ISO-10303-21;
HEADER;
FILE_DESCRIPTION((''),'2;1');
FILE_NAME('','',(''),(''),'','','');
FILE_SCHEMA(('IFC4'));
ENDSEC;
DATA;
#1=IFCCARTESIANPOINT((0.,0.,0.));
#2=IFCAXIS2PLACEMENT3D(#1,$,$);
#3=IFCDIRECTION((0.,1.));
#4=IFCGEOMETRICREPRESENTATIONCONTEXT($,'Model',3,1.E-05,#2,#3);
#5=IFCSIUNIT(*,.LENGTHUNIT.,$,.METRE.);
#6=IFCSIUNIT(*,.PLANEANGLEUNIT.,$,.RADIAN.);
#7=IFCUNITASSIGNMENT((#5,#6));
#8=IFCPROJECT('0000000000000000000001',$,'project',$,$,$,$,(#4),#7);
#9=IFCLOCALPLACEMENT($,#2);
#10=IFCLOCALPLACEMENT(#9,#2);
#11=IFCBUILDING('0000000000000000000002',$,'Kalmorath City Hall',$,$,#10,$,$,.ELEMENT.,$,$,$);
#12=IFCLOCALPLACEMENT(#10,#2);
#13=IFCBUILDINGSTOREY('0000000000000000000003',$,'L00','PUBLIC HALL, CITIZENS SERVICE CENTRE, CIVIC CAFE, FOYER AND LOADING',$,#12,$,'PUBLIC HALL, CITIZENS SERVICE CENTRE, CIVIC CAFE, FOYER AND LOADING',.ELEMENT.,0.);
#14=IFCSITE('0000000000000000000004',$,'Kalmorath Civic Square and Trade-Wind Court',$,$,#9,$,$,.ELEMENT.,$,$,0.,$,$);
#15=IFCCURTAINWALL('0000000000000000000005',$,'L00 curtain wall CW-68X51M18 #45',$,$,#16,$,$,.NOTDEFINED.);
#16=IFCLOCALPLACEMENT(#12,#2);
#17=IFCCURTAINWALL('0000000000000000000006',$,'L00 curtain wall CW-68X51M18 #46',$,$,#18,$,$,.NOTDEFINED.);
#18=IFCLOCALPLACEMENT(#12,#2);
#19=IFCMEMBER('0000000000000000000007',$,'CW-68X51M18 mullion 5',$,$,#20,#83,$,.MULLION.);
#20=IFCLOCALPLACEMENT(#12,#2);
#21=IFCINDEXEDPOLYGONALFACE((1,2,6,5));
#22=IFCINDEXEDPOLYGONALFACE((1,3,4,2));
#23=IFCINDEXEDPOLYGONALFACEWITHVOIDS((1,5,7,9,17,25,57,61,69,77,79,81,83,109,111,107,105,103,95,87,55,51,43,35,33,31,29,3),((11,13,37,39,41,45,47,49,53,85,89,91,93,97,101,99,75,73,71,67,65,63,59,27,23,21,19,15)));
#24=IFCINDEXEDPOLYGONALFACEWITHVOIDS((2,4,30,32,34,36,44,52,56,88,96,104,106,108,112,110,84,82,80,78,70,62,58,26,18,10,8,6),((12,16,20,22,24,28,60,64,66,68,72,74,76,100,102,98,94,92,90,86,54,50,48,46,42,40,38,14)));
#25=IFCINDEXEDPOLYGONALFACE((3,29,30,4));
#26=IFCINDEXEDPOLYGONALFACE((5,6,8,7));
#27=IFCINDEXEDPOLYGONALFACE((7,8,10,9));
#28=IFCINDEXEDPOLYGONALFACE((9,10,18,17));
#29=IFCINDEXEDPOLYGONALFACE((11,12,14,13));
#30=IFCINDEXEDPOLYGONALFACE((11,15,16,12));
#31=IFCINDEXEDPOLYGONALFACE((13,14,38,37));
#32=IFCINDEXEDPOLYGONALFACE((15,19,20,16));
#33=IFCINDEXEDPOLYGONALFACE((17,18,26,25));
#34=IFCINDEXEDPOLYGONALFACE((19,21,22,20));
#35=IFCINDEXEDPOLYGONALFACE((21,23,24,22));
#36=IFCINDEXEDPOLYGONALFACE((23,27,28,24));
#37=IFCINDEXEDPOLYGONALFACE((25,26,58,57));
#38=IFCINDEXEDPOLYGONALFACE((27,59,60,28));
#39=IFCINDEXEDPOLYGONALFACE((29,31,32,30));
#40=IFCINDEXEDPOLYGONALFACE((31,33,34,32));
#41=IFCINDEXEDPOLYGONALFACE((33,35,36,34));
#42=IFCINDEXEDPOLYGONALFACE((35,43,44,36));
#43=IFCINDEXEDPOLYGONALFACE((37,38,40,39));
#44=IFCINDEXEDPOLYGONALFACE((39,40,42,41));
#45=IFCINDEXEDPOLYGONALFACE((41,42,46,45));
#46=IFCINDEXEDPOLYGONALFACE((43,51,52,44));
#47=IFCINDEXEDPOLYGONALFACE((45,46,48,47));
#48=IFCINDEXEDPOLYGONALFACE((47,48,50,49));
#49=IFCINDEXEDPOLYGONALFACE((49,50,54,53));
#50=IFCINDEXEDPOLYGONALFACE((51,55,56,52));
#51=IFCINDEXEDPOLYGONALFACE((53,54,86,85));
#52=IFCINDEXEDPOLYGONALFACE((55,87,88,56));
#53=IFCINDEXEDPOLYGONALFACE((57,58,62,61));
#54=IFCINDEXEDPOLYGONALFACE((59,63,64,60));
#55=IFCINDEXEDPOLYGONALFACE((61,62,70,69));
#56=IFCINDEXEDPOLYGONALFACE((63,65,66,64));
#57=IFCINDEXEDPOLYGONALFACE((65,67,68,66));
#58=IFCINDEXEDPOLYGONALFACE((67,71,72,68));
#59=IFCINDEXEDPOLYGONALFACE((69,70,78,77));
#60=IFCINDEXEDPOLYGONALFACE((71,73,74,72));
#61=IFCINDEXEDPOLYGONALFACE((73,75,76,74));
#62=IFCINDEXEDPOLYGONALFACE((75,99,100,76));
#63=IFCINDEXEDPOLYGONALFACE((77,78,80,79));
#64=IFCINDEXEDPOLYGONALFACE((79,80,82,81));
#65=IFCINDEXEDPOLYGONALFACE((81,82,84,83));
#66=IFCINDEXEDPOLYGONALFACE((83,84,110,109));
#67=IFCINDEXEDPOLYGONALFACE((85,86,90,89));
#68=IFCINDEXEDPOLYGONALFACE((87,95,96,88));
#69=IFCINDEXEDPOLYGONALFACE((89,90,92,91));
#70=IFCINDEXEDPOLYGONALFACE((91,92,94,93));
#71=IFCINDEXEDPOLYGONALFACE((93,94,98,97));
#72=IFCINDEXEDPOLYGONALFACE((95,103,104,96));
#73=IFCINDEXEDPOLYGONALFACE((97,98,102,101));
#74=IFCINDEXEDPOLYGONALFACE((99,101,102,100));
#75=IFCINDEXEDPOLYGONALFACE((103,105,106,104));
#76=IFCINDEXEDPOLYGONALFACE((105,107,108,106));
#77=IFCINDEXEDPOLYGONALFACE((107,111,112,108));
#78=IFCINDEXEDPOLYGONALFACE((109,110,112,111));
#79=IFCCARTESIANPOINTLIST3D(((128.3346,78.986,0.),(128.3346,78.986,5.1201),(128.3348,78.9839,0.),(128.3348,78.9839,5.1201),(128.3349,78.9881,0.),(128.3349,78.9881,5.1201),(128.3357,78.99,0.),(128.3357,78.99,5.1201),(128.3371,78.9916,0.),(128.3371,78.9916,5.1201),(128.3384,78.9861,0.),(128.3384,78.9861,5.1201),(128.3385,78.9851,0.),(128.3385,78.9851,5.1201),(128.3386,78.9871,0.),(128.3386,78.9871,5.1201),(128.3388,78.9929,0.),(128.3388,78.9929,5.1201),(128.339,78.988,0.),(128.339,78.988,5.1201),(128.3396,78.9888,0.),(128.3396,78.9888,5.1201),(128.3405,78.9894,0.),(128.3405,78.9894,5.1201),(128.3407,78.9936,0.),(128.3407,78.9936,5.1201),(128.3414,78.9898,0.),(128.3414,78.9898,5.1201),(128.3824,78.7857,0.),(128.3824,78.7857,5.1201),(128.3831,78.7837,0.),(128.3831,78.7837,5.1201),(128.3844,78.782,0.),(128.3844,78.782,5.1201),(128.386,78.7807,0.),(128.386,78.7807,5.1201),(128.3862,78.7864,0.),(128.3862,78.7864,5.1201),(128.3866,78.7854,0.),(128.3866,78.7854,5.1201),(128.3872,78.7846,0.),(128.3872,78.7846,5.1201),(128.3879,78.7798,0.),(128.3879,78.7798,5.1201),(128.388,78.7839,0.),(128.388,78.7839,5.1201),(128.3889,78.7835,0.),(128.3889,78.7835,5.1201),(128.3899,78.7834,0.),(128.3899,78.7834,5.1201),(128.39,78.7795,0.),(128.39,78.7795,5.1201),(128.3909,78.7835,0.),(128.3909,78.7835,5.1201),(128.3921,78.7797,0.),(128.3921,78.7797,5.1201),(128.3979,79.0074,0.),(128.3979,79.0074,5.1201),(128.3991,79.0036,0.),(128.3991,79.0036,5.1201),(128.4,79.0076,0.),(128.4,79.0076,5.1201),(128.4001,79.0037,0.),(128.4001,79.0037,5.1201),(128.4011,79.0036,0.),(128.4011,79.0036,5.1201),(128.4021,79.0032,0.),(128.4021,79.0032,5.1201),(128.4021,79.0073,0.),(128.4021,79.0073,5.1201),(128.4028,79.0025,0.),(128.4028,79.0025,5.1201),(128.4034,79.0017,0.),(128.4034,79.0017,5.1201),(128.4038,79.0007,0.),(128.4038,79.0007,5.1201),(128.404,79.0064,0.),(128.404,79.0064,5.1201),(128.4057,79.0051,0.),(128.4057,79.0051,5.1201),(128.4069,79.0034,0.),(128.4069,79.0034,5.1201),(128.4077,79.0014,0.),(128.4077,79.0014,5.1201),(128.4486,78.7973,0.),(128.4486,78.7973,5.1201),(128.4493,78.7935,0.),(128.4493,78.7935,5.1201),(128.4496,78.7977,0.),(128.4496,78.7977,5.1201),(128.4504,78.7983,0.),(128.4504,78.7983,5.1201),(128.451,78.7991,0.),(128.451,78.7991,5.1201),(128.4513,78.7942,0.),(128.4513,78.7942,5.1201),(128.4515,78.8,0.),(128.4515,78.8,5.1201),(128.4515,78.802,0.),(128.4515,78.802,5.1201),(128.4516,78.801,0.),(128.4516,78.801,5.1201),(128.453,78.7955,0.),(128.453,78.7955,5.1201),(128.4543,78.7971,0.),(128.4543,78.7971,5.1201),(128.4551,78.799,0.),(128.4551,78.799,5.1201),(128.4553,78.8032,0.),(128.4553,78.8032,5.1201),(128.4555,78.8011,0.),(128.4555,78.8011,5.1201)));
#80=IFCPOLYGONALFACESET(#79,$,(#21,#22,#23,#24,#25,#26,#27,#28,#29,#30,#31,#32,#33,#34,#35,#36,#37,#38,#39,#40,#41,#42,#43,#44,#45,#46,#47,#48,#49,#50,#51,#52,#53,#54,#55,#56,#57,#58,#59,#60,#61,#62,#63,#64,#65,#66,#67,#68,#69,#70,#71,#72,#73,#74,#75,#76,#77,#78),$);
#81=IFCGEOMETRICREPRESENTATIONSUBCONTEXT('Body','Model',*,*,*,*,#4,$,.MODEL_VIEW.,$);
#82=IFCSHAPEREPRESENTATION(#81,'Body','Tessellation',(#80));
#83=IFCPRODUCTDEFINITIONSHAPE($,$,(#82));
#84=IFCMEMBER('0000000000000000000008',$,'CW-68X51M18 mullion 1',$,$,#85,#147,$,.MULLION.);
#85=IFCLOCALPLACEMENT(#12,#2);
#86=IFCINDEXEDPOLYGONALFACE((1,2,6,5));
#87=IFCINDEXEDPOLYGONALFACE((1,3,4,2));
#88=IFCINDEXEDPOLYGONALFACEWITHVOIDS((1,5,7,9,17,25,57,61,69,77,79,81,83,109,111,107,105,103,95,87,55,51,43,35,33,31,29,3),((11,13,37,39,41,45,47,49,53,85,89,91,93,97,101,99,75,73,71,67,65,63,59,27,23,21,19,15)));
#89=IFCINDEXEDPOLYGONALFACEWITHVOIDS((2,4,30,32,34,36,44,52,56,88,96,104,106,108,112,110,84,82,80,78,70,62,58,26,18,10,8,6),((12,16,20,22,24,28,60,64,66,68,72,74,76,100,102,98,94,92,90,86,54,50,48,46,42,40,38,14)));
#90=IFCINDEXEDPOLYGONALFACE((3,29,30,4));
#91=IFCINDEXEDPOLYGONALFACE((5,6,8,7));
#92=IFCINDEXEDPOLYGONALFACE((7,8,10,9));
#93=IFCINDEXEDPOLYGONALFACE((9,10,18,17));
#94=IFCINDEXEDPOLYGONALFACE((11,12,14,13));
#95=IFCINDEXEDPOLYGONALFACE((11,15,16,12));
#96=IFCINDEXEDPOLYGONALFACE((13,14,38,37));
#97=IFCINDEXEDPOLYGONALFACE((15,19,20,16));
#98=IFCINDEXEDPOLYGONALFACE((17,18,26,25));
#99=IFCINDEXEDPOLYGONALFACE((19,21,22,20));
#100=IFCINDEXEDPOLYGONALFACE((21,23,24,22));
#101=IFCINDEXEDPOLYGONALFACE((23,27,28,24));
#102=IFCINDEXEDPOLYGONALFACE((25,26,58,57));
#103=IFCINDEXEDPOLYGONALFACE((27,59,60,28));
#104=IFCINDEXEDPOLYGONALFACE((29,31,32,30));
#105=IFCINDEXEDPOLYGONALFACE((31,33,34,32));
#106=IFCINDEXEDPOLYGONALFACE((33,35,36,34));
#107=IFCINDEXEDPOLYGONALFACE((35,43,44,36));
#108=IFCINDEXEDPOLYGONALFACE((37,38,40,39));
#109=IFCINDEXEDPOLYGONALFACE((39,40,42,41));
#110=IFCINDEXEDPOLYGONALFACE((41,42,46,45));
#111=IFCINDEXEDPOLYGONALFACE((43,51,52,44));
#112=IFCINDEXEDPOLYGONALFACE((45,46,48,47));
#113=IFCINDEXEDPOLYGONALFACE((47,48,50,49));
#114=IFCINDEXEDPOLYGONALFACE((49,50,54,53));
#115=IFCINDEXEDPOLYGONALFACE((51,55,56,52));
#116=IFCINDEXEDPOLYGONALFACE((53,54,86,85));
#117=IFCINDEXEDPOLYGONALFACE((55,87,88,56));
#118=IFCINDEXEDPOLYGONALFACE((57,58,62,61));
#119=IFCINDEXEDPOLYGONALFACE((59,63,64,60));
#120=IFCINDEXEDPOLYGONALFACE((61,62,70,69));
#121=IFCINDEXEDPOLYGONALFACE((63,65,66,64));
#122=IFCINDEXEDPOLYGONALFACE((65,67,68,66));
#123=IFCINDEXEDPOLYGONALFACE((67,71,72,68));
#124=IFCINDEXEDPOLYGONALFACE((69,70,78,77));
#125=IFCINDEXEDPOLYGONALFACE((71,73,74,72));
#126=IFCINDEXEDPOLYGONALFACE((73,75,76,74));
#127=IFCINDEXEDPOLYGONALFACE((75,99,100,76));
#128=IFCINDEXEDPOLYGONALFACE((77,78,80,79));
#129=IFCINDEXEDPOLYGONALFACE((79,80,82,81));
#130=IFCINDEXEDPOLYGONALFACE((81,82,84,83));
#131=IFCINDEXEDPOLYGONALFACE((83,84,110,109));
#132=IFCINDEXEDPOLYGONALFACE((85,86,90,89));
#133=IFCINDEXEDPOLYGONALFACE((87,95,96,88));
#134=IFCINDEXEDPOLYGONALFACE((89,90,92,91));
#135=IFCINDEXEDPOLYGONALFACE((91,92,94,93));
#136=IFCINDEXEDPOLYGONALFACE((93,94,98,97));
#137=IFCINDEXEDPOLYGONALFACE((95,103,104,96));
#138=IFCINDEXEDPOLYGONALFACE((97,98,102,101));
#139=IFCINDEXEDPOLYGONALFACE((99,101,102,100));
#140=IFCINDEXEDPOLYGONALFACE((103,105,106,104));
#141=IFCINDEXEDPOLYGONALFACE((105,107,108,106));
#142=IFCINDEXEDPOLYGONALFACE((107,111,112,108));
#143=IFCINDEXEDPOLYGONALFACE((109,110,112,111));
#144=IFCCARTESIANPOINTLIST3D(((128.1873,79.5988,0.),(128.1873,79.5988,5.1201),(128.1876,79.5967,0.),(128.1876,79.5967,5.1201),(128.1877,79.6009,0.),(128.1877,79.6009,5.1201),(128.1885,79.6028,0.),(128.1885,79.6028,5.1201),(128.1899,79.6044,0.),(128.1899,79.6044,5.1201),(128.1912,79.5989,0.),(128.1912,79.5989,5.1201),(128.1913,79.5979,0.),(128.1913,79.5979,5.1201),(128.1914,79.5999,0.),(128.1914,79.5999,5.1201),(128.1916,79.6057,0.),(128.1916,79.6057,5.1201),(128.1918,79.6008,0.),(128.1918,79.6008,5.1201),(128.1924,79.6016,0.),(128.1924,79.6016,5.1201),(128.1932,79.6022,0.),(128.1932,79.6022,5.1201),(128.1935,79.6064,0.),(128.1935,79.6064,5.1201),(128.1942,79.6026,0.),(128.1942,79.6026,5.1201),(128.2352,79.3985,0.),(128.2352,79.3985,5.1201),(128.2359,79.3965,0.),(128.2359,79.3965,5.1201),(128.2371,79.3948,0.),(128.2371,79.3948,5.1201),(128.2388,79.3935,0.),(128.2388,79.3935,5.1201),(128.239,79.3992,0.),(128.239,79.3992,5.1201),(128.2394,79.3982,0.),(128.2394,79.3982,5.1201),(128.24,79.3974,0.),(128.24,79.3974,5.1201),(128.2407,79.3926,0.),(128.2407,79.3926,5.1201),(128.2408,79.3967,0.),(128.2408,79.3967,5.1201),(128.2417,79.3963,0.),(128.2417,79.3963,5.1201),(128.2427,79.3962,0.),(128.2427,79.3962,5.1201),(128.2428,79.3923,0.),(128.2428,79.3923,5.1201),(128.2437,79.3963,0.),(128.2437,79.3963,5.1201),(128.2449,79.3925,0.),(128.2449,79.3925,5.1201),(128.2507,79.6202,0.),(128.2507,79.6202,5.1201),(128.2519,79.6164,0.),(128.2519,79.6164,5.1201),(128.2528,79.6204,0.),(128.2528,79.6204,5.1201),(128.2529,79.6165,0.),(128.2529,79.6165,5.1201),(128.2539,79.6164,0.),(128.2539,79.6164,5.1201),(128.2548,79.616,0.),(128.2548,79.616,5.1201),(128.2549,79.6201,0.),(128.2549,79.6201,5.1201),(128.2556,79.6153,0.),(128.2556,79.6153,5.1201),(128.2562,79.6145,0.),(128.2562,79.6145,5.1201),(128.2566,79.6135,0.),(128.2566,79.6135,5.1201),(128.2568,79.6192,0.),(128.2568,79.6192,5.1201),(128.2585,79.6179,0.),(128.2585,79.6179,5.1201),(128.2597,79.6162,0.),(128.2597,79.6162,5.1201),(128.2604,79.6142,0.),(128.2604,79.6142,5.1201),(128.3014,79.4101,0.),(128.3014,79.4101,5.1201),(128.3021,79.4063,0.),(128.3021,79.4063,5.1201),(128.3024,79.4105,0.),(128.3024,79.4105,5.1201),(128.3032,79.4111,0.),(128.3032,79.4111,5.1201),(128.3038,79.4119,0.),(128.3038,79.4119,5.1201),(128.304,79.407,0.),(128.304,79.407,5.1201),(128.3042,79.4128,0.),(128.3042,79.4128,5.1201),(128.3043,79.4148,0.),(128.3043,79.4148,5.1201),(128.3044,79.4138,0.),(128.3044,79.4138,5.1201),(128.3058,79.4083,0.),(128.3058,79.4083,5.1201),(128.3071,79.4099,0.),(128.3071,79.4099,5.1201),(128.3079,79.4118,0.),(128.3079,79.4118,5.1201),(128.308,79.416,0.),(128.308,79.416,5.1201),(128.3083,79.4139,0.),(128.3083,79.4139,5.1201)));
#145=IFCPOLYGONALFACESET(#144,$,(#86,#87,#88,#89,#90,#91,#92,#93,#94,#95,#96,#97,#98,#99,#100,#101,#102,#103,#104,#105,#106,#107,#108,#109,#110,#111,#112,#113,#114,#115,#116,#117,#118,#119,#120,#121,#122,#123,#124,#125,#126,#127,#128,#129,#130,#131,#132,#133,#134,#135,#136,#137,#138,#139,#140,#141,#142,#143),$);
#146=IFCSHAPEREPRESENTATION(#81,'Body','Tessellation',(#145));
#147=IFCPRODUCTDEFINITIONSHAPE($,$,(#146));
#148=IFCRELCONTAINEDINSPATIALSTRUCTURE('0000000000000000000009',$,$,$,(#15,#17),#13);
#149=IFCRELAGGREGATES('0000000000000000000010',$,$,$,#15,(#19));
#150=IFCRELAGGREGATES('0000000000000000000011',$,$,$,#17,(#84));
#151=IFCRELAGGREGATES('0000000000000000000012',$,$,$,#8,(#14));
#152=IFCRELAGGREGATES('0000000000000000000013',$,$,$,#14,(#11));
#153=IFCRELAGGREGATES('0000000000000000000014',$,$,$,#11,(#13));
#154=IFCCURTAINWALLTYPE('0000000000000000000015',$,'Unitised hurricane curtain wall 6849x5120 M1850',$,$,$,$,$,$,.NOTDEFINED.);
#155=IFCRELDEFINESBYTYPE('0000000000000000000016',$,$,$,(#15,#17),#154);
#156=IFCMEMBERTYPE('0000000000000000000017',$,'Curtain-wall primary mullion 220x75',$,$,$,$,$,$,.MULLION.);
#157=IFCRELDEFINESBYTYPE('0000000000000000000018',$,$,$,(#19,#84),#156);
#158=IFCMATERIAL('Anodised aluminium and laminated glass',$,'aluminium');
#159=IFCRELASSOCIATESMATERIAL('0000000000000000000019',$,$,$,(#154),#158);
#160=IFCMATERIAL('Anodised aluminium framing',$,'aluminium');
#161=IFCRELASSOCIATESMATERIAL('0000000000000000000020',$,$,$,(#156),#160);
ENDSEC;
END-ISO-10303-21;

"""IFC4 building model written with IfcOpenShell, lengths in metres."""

from ifc_helpers import new_model, si_unit, direction, frame, origin, origin_2d, place, context, subcontext, project, spatial, hollow_rectangle, extrude, material, material_profile, profile_set, type_object, element, aggregate, save


model = new_model("IFC4")

# Units and contexts
model_context = context("Model", 3, precision=1e-05, world=origin(), true_north=direction((0.0, 1.0)))
body_context = subcontext(model_context, "Body", "Model", "MODEL_VIEW")
ifc_project = project(units=[si_unit("LENGTHUNIT", "METRE"), si_unit("PLANEANGLEUNIT", "RADIAN")], contexts=[model_context])

# Site, building, storey
site_placement = place(None, origin())
site = spatial("IfcSite", under=ifc_project, at=site_placement, Name="Kalmorath Civic Square and Trade-Wind Court", CompositionType="ELEMENT", RefElevation=0.0)
building_placement = place(site_placement, origin())
building = spatial("IfcBuilding", under=site, at=building_placement, Name="Kalmorath City Hall", CompositionType="ELEMENT")
storey_placement = place(building_placement, origin())
storey = spatial("IfcBuildingStorey", under=building, at=storey_placement, Name="L00", Description="PUBLIC HALL, CITIZENS SERVICE CENTRE, CIVIC CAFE, FOYER AND LOADING", LongName="PUBLIC HALL, CITIZENS SERVICE CENTRE, CIVIC CAFE, FOYER AND LOADING", CompositionType="ELEMENT", Elevation=0.0)

# Curtain walls
ifc_material_1 = material(Name="Anodised aluminium and laminated glass", Category="aluminium")
curtain_wall_type = type_object("IfcCurtainWallType", Name="Unitised hurricane curtain wall 6849x5120 M1850", PredefinedType="NOTDEFINED", material=ifc_material_1)
curtain_wall_1_placement = place(storey_placement, origin())
curtain_wall_1 = element("IfcCurtainWall", 1, at=curtain_wall_1_placement, inside=storey, type_object=curtain_wall_type, Name="L00 curtain wall CW-68X51M18 #45", PredefinedType="NOTDEFINED")
curtain_wall_2_placement = place(storey_placement, origin())
curtain_wall_2 = element("IfcCurtainWall", 2, at=curtain_wall_2_placement, inside=storey, type_object=curtain_wall_type, Name="L00 curtain wall CW-68X51M18 #46", PredefinedType="NOTDEFINED")

# Members
ifc_material_2 = material(Name="Anodised aluminium framing", Category="aluminium")
ifc_material_profile_1 = material_profile(ifc_material_2, hollow_rectangle(XDim=0.075, YDim=0.22, WallThickness=0.0039, InnerFilletRadius=0.0039, OuterFilletRadius=0.0081, at=origin_2d()), Name="ALU-MUL-220X75X4")
ifc_profile_set_1 = profile_set([ifc_material_profile_1], Name="Anodised aluminium framing")
member_type_1 = type_object("IfcMemberType", Name="Curtain-wall primary mullion 220x75", PredefinedType="MULLION", material=ifc_profile_set_1)
member_1_placement = place(storey_placement, frame((128.395, 78.8936, 0.0), z_axis=(0.0, 0.0, 1.0), x_axis=(-0.972367, -0.233456, 0.0)))
member_1 = element("IfcMember", 3, at=member_1_placement, type_object=member_type_1, Name="CW-68X51M18 mullion 5", PredefinedType="MULLION", context=body_context, shape_type="SweptSolid", body=[
    extrude(hollow_rectangle(XDim=0.075, YDim=0.22, WallThickness=0.0039, InnerFilletRadius=0.0039, OuterFilletRadius=0.0081, at=origin_2d()), origin(), (0.0, 0.0, 1.0), 5.1201),
])
member_2_placement = place(storey_placement, frame((128.2478, 79.5063, 0.0), z_axis=(0.0, 0.0, 1.0), x_axis=(-0.972367, -0.233456, 0.0)))
member_2 = element("IfcMember", 4, at=member_2_placement, type_object=member_type_1, Name="CW-68X51M18 mullion 1", PredefinedType="MULLION", context=body_context, shape_type="SweptSolid", body=[
    extrude(hollow_rectangle(XDim=0.075, YDim=0.22, WallThickness=0.0039, InnerFilletRadius=0.0039, OuterFilletRadius=0.0081, at=origin_2d()), origin(), (0.0, 0.0, 1.0), 5.1201),
])

aggregate(curtain_wall_1, [member_1])
aggregate(curtain_wall_2, [member_2])

save(model, "model.ifc")
